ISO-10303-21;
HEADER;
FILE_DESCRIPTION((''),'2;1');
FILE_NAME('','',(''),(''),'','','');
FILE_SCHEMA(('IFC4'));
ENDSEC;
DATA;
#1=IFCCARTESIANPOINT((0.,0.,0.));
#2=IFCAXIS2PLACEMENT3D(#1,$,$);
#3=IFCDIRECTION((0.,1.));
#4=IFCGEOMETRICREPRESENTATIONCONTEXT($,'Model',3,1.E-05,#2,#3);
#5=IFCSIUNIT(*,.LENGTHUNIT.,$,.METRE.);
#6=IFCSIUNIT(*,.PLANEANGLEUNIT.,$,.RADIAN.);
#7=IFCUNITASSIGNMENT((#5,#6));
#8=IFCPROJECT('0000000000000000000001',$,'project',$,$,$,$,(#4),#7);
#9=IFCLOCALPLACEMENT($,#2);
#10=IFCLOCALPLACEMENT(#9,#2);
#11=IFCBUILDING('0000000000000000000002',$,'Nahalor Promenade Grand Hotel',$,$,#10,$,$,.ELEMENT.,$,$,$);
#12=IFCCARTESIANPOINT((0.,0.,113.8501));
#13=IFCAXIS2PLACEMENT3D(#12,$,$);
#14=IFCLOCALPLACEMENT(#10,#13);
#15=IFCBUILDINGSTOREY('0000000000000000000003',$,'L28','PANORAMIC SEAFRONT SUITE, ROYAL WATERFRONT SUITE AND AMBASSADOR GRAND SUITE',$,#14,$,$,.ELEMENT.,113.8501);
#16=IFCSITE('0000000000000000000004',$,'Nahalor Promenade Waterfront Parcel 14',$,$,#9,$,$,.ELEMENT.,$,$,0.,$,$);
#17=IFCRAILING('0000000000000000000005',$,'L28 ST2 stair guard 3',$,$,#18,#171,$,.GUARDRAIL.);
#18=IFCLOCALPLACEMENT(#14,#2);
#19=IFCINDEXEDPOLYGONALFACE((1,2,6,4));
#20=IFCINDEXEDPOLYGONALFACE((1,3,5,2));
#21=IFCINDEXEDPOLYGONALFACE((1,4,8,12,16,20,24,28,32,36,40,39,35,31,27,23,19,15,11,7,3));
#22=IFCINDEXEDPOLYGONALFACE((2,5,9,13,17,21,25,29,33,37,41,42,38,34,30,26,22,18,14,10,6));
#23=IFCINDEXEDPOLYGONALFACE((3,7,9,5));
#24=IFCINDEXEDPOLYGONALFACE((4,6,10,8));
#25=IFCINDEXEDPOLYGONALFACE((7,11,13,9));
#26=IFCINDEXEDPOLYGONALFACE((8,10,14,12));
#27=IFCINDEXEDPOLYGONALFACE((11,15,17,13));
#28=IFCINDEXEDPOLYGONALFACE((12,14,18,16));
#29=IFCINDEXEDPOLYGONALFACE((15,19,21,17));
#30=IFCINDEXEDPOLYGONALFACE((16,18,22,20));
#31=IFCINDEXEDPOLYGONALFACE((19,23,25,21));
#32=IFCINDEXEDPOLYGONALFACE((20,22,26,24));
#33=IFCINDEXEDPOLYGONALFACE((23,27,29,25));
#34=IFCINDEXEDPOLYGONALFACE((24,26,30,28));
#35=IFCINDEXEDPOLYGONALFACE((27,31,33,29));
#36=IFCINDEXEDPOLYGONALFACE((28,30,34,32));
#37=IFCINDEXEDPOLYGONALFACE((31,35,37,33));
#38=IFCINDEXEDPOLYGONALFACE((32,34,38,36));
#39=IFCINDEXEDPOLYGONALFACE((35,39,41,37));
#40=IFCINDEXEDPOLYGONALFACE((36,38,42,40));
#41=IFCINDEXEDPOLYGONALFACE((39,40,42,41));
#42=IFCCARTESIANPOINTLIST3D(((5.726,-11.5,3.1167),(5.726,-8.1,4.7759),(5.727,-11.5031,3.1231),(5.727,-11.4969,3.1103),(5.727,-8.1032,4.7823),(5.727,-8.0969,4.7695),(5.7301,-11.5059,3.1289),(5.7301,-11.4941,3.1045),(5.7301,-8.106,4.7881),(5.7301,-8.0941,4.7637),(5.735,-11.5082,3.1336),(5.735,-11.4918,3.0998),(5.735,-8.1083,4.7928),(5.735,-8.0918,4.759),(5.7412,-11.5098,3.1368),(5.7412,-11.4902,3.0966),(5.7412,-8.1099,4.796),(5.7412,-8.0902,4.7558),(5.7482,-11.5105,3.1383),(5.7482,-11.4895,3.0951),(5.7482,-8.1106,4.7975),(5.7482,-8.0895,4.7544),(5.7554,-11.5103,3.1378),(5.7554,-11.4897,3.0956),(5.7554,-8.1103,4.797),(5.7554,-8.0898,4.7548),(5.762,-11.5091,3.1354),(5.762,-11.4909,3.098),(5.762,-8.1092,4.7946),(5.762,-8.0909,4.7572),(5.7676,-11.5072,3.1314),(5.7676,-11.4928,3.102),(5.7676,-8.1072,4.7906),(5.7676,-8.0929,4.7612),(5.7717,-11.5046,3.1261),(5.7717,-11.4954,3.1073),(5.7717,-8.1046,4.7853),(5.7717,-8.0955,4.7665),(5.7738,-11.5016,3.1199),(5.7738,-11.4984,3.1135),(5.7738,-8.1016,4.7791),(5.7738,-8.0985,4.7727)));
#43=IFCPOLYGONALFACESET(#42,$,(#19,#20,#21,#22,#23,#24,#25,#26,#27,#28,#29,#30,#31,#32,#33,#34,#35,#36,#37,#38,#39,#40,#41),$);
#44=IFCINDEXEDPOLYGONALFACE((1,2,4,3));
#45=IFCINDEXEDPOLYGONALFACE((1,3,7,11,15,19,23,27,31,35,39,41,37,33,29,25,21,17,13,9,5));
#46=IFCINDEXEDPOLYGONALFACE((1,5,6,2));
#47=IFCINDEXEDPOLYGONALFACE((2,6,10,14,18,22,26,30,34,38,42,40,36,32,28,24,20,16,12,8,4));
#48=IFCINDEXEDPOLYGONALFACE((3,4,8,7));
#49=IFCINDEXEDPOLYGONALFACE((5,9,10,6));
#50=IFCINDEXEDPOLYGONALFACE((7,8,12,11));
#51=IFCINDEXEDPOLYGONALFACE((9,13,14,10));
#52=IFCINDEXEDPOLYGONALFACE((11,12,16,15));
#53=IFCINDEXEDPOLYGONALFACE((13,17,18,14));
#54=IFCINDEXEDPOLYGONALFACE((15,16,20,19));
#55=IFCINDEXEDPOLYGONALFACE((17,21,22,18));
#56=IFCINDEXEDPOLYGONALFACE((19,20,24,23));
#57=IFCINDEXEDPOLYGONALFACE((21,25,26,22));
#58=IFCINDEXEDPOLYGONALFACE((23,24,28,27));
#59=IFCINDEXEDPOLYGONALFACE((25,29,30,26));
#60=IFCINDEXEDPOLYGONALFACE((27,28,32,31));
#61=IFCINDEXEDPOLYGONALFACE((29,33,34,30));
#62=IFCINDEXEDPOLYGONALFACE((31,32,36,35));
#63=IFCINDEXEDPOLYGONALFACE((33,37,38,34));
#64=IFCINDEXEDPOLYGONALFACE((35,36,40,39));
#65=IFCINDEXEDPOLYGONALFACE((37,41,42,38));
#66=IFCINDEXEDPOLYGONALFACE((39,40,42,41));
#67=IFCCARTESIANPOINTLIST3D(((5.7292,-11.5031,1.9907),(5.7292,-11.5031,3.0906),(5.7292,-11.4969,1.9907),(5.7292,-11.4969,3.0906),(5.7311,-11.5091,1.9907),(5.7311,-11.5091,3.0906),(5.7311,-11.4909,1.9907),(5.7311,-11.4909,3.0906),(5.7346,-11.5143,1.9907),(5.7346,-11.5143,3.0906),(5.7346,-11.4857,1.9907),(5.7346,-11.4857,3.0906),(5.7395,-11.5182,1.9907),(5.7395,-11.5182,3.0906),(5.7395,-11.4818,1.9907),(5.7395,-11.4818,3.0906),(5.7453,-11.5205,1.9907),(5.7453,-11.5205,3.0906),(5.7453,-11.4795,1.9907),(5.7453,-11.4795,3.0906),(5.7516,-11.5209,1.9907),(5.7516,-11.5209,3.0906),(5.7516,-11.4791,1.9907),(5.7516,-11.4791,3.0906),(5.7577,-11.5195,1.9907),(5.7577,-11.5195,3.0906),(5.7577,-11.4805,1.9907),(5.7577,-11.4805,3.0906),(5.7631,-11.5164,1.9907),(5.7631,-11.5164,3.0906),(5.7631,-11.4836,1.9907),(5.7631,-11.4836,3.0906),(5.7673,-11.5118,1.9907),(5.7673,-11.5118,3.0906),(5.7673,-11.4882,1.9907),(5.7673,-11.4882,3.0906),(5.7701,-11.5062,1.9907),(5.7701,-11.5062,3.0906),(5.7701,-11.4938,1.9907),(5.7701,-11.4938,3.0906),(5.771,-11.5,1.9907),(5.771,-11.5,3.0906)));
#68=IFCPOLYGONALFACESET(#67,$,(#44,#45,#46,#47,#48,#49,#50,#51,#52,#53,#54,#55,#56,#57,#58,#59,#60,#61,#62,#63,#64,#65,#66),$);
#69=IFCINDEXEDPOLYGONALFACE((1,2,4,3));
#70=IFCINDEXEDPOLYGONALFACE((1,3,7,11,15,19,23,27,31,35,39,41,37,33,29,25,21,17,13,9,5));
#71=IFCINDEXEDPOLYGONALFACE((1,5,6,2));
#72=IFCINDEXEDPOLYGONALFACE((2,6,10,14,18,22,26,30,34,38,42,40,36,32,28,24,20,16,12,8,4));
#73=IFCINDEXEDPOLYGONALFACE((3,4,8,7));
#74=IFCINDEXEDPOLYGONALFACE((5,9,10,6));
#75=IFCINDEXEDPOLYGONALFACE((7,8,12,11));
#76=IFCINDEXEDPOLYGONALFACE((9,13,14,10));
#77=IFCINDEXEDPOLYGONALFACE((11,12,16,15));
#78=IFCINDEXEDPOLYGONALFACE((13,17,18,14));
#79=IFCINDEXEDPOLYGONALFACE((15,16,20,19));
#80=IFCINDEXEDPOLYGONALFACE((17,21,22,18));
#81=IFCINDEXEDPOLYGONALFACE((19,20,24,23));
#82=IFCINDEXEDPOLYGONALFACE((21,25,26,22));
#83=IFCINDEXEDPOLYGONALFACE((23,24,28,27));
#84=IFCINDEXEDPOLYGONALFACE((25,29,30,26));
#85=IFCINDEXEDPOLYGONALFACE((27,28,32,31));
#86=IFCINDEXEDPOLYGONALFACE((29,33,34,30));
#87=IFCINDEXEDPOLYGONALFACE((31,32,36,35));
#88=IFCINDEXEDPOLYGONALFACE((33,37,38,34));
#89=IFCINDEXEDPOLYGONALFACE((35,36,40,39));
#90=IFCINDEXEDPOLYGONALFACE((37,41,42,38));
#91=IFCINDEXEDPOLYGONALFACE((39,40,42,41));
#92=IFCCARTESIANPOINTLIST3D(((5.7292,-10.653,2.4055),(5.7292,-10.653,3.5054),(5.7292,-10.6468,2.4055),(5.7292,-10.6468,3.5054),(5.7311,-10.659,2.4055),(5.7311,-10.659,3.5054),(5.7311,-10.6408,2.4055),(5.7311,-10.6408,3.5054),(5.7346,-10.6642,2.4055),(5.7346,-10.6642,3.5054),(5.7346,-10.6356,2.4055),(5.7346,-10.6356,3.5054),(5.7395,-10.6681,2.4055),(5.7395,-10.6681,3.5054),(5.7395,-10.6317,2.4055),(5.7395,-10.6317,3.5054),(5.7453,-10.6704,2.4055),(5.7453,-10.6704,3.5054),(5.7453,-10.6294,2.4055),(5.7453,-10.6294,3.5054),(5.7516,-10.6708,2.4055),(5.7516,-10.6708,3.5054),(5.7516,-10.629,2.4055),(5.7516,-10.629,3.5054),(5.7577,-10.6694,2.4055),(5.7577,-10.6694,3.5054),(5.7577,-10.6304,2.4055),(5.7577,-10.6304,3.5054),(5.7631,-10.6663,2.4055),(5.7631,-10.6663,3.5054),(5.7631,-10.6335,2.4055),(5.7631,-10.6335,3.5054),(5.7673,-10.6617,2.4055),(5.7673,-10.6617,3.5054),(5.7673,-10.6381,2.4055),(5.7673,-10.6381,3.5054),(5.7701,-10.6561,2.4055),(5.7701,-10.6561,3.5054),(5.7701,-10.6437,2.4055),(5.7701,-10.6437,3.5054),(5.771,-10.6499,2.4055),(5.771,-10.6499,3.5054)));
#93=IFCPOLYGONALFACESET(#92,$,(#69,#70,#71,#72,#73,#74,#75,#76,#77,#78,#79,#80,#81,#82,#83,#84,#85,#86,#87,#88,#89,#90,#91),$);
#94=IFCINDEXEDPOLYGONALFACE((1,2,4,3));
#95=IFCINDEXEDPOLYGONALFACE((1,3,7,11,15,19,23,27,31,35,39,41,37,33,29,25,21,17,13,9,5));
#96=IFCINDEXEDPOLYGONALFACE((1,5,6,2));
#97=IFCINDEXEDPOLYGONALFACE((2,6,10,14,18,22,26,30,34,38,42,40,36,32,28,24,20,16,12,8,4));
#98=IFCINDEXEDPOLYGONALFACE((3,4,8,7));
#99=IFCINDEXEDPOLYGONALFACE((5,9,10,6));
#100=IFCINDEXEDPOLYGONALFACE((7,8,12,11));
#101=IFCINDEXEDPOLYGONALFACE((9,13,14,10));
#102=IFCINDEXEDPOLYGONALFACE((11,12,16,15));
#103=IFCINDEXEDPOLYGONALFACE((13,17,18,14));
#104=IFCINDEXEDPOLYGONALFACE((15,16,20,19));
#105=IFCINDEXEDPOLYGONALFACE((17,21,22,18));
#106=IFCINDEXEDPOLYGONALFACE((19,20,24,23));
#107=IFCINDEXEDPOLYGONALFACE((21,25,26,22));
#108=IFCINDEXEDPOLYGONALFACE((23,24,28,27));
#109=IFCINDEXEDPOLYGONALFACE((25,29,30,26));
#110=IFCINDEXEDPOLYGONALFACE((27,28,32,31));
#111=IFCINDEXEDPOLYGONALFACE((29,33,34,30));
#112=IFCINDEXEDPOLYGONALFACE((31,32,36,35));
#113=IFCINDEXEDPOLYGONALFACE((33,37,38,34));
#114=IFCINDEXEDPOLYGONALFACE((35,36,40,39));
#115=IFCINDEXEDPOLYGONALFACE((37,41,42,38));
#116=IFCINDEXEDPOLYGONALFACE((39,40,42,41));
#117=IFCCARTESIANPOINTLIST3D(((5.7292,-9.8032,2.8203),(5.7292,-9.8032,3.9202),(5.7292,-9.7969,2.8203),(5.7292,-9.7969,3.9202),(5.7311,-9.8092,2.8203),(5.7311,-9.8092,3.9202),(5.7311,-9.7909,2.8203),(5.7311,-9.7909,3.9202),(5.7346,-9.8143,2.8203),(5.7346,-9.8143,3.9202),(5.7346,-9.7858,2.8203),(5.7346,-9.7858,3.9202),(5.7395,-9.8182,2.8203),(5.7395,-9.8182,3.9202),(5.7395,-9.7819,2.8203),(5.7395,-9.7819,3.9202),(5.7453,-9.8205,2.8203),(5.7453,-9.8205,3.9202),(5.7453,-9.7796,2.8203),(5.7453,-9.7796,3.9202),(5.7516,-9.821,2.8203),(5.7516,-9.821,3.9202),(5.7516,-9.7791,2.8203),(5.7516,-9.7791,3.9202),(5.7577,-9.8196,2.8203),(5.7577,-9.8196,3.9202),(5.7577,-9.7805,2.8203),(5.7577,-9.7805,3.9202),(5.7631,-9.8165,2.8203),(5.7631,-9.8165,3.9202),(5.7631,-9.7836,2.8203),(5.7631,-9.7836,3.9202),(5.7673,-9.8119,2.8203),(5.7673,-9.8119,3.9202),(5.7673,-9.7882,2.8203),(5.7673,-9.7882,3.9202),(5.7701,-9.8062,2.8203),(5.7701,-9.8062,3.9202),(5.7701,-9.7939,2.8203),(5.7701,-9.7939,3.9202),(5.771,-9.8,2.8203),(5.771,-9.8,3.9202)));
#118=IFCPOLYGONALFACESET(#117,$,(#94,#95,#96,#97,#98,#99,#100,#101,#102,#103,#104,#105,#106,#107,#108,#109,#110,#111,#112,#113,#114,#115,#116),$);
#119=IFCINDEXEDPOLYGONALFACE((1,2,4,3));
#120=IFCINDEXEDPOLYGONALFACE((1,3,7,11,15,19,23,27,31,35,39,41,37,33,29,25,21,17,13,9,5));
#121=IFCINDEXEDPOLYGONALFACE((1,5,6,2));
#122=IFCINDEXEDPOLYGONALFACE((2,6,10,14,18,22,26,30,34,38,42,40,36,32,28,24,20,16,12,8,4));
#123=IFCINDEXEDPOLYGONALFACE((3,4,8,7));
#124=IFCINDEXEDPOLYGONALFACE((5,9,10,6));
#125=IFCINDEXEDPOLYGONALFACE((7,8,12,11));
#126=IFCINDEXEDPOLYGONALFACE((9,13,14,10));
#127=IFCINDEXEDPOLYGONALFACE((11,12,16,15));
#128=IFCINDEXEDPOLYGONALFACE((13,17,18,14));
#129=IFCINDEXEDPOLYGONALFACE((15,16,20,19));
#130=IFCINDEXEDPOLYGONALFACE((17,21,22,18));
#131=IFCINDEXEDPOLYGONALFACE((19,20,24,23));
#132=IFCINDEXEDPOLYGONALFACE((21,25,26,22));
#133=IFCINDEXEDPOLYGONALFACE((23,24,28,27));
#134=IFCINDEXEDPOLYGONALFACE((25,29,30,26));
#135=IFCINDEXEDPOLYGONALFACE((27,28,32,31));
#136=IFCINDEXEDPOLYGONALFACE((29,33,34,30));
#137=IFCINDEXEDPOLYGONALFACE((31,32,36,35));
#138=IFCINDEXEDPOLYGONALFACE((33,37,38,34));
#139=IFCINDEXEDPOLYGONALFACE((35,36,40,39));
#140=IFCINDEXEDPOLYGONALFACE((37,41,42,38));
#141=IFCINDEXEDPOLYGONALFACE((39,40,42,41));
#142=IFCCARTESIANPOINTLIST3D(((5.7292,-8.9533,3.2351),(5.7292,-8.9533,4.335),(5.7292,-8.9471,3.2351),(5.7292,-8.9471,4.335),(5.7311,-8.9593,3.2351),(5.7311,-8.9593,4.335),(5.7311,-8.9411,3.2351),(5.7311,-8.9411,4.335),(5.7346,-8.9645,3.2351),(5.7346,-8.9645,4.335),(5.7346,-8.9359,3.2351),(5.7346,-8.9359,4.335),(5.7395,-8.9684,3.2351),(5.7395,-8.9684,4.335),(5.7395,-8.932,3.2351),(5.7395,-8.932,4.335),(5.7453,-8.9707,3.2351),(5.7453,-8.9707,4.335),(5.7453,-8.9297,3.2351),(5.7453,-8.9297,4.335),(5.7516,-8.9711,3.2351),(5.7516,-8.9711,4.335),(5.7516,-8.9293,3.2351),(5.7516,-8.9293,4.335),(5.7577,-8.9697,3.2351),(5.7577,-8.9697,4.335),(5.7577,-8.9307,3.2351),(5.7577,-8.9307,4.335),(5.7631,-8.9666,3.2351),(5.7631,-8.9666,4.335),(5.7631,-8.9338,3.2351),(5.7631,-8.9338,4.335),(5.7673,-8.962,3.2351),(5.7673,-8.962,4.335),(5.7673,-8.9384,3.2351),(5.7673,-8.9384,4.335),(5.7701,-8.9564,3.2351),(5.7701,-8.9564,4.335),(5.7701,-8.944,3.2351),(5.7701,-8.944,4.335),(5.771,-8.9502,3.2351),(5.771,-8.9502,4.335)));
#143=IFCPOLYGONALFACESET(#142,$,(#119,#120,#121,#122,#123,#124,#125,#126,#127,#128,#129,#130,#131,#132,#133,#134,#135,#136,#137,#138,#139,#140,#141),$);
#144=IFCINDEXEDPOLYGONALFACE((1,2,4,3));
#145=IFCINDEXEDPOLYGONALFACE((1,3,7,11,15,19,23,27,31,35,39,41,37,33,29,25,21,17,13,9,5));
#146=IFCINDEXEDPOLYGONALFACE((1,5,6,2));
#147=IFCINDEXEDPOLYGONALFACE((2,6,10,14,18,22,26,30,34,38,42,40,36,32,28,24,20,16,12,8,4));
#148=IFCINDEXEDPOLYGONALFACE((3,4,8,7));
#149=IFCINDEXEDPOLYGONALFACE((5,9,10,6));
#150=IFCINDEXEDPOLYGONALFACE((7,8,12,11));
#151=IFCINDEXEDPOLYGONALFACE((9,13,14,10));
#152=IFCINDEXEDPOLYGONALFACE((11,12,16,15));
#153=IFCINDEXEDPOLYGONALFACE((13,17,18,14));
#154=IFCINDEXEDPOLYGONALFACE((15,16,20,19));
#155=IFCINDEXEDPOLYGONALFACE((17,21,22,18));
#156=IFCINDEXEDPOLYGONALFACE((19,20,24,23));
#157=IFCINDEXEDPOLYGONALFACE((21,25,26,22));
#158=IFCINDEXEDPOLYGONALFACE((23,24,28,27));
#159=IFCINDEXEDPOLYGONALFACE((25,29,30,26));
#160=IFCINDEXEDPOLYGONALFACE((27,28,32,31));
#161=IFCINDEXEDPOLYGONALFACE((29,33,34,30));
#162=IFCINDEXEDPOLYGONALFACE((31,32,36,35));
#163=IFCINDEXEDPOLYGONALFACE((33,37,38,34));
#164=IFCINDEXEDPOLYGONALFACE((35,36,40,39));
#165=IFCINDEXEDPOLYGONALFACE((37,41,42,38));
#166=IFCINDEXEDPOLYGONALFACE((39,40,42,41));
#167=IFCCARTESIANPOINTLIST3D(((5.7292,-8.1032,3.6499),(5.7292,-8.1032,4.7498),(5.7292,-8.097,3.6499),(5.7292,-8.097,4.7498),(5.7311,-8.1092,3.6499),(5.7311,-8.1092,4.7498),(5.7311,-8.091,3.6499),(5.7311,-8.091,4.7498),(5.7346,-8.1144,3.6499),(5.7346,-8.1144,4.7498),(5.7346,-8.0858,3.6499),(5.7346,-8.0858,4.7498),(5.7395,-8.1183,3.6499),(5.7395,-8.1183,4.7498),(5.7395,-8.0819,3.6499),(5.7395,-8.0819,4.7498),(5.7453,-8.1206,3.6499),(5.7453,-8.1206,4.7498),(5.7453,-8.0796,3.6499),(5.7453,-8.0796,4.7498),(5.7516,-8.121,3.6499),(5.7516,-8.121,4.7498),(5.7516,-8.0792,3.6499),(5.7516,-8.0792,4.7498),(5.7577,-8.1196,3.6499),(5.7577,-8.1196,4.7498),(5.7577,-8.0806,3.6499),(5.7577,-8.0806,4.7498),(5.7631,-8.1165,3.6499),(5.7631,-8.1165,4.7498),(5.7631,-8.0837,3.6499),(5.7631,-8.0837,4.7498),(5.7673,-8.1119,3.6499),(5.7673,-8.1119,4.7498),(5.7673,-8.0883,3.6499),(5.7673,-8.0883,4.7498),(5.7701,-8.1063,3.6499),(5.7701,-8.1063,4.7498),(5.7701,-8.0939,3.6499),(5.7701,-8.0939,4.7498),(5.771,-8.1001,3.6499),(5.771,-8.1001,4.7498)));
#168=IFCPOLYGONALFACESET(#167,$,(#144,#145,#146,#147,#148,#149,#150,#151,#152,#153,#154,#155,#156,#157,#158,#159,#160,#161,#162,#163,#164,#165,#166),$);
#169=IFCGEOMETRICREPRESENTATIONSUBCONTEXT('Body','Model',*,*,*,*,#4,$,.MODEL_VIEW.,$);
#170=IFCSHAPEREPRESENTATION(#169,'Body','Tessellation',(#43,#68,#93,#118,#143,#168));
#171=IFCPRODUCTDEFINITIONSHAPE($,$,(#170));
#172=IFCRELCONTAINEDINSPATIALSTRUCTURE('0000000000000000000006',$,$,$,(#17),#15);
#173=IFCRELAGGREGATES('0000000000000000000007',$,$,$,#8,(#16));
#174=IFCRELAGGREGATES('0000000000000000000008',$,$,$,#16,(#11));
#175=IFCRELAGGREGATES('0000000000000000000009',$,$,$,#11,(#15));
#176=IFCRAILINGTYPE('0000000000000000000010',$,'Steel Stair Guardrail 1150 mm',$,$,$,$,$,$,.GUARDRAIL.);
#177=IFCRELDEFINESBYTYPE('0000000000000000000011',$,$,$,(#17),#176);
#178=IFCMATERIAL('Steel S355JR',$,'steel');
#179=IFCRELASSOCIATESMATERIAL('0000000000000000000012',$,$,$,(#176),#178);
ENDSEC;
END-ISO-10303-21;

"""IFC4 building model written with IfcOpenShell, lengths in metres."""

from ifc_helpers import new_model, si_unit, direction, frame, origin, origin_2d, place, context, subcontext, project, spatial, circle, extrude, material, type_object, element, save


model = new_model("IFC4")

# Units and contexts
model_context = context("Model", 3, precision=1e-05, world=origin(), true_north=direction((0.0, 1.0)))
body_context = subcontext(model_context, "Body", "Model", "MODEL_VIEW")
ifc_project = project(units=[si_unit("LENGTHUNIT", "METRE"), si_unit("PLANEANGLEUNIT", "RADIAN")], contexts=[model_context])

# Site, building, storey
site_placement = place(None, origin())
site = spatial("IfcSite", under=ifc_project, at=site_placement, Name="Nahalor Promenade Waterfront Parcel 14", CompositionType="ELEMENT", RefElevation=0.0)
building_placement = place(site_placement, origin())
building = spatial("IfcBuilding", under=site, at=building_placement, Name="Nahalor Promenade Grand Hotel", CompositionType="ELEMENT")
storey_placement = place(building_placement, frame((0.0, 0.0, 113.8501)))
storey = spatial("IfcBuildingStorey", under=building, at=storey_placement, Name="L28", Description="PANORAMIC SEAFRONT SUITE, ROYAL WATERFRONT SUITE AND AMBASSADOR GRAND SUITE", CompositionType="ELEMENT", Elevation=113.8501)

# Shared definitions
ifc_material_1 = material(Name="Steel S355JR", Category="steel")

# Railing
railing_type_1 = type_object("IfcRailingType", Name="Steel Stair Guardrail 1150 mm", PredefinedType="GUARDRAIL", material=ifc_material_1)
railing_1_placement = place(storey_placement, frame((5.75, -11.5, 1.9907)))
element("IfcRailing", 1, at=railing_1_placement, inside=storey, type_object=railing_type_1, Name="L28 ST2 stair guard 3", PredefinedType="GUARDRAIL", context=body_context, shape_type="SweptSolid", body=[
    extrude(circle(Radius=0.024, at=origin_2d()), frame((0.0, 0.0, 1.126), z_axis=(0.0, 0.898696, 0.438571), x_axis=(-1.0, 0.0, 0.0)), (0.0, 0.0, 1.0), 3.7832),
    extrude(circle(Radius=0.021, at=origin_2d()), origin(), (0.0, 0.0, 1.0), 1.0999),
    extrude(circle(Radius=0.021, at=origin_2d()), frame((0.0, 0.8501, 0.4148)), (0.0, 0.0, 1.0), 1.0999),
    extrude(circle(Radius=0.021, at=origin_2d()), frame((0.0, 1.7, 0.8296)), (0.0, 0.0, 1.0), 1.0999),
    extrude(circle(Radius=0.021, at=origin_2d()), frame((0.0, 2.5498, 1.2444)), (0.0, 0.0, 1.0), 1.0999),
    extrude(circle(Radius=0.021, at=origin_2d()), frame((0.0, 3.3999, 1.6592)), (0.0, 0.0, 1.0), 1.0999),
])

save(model, "model.ifc")
